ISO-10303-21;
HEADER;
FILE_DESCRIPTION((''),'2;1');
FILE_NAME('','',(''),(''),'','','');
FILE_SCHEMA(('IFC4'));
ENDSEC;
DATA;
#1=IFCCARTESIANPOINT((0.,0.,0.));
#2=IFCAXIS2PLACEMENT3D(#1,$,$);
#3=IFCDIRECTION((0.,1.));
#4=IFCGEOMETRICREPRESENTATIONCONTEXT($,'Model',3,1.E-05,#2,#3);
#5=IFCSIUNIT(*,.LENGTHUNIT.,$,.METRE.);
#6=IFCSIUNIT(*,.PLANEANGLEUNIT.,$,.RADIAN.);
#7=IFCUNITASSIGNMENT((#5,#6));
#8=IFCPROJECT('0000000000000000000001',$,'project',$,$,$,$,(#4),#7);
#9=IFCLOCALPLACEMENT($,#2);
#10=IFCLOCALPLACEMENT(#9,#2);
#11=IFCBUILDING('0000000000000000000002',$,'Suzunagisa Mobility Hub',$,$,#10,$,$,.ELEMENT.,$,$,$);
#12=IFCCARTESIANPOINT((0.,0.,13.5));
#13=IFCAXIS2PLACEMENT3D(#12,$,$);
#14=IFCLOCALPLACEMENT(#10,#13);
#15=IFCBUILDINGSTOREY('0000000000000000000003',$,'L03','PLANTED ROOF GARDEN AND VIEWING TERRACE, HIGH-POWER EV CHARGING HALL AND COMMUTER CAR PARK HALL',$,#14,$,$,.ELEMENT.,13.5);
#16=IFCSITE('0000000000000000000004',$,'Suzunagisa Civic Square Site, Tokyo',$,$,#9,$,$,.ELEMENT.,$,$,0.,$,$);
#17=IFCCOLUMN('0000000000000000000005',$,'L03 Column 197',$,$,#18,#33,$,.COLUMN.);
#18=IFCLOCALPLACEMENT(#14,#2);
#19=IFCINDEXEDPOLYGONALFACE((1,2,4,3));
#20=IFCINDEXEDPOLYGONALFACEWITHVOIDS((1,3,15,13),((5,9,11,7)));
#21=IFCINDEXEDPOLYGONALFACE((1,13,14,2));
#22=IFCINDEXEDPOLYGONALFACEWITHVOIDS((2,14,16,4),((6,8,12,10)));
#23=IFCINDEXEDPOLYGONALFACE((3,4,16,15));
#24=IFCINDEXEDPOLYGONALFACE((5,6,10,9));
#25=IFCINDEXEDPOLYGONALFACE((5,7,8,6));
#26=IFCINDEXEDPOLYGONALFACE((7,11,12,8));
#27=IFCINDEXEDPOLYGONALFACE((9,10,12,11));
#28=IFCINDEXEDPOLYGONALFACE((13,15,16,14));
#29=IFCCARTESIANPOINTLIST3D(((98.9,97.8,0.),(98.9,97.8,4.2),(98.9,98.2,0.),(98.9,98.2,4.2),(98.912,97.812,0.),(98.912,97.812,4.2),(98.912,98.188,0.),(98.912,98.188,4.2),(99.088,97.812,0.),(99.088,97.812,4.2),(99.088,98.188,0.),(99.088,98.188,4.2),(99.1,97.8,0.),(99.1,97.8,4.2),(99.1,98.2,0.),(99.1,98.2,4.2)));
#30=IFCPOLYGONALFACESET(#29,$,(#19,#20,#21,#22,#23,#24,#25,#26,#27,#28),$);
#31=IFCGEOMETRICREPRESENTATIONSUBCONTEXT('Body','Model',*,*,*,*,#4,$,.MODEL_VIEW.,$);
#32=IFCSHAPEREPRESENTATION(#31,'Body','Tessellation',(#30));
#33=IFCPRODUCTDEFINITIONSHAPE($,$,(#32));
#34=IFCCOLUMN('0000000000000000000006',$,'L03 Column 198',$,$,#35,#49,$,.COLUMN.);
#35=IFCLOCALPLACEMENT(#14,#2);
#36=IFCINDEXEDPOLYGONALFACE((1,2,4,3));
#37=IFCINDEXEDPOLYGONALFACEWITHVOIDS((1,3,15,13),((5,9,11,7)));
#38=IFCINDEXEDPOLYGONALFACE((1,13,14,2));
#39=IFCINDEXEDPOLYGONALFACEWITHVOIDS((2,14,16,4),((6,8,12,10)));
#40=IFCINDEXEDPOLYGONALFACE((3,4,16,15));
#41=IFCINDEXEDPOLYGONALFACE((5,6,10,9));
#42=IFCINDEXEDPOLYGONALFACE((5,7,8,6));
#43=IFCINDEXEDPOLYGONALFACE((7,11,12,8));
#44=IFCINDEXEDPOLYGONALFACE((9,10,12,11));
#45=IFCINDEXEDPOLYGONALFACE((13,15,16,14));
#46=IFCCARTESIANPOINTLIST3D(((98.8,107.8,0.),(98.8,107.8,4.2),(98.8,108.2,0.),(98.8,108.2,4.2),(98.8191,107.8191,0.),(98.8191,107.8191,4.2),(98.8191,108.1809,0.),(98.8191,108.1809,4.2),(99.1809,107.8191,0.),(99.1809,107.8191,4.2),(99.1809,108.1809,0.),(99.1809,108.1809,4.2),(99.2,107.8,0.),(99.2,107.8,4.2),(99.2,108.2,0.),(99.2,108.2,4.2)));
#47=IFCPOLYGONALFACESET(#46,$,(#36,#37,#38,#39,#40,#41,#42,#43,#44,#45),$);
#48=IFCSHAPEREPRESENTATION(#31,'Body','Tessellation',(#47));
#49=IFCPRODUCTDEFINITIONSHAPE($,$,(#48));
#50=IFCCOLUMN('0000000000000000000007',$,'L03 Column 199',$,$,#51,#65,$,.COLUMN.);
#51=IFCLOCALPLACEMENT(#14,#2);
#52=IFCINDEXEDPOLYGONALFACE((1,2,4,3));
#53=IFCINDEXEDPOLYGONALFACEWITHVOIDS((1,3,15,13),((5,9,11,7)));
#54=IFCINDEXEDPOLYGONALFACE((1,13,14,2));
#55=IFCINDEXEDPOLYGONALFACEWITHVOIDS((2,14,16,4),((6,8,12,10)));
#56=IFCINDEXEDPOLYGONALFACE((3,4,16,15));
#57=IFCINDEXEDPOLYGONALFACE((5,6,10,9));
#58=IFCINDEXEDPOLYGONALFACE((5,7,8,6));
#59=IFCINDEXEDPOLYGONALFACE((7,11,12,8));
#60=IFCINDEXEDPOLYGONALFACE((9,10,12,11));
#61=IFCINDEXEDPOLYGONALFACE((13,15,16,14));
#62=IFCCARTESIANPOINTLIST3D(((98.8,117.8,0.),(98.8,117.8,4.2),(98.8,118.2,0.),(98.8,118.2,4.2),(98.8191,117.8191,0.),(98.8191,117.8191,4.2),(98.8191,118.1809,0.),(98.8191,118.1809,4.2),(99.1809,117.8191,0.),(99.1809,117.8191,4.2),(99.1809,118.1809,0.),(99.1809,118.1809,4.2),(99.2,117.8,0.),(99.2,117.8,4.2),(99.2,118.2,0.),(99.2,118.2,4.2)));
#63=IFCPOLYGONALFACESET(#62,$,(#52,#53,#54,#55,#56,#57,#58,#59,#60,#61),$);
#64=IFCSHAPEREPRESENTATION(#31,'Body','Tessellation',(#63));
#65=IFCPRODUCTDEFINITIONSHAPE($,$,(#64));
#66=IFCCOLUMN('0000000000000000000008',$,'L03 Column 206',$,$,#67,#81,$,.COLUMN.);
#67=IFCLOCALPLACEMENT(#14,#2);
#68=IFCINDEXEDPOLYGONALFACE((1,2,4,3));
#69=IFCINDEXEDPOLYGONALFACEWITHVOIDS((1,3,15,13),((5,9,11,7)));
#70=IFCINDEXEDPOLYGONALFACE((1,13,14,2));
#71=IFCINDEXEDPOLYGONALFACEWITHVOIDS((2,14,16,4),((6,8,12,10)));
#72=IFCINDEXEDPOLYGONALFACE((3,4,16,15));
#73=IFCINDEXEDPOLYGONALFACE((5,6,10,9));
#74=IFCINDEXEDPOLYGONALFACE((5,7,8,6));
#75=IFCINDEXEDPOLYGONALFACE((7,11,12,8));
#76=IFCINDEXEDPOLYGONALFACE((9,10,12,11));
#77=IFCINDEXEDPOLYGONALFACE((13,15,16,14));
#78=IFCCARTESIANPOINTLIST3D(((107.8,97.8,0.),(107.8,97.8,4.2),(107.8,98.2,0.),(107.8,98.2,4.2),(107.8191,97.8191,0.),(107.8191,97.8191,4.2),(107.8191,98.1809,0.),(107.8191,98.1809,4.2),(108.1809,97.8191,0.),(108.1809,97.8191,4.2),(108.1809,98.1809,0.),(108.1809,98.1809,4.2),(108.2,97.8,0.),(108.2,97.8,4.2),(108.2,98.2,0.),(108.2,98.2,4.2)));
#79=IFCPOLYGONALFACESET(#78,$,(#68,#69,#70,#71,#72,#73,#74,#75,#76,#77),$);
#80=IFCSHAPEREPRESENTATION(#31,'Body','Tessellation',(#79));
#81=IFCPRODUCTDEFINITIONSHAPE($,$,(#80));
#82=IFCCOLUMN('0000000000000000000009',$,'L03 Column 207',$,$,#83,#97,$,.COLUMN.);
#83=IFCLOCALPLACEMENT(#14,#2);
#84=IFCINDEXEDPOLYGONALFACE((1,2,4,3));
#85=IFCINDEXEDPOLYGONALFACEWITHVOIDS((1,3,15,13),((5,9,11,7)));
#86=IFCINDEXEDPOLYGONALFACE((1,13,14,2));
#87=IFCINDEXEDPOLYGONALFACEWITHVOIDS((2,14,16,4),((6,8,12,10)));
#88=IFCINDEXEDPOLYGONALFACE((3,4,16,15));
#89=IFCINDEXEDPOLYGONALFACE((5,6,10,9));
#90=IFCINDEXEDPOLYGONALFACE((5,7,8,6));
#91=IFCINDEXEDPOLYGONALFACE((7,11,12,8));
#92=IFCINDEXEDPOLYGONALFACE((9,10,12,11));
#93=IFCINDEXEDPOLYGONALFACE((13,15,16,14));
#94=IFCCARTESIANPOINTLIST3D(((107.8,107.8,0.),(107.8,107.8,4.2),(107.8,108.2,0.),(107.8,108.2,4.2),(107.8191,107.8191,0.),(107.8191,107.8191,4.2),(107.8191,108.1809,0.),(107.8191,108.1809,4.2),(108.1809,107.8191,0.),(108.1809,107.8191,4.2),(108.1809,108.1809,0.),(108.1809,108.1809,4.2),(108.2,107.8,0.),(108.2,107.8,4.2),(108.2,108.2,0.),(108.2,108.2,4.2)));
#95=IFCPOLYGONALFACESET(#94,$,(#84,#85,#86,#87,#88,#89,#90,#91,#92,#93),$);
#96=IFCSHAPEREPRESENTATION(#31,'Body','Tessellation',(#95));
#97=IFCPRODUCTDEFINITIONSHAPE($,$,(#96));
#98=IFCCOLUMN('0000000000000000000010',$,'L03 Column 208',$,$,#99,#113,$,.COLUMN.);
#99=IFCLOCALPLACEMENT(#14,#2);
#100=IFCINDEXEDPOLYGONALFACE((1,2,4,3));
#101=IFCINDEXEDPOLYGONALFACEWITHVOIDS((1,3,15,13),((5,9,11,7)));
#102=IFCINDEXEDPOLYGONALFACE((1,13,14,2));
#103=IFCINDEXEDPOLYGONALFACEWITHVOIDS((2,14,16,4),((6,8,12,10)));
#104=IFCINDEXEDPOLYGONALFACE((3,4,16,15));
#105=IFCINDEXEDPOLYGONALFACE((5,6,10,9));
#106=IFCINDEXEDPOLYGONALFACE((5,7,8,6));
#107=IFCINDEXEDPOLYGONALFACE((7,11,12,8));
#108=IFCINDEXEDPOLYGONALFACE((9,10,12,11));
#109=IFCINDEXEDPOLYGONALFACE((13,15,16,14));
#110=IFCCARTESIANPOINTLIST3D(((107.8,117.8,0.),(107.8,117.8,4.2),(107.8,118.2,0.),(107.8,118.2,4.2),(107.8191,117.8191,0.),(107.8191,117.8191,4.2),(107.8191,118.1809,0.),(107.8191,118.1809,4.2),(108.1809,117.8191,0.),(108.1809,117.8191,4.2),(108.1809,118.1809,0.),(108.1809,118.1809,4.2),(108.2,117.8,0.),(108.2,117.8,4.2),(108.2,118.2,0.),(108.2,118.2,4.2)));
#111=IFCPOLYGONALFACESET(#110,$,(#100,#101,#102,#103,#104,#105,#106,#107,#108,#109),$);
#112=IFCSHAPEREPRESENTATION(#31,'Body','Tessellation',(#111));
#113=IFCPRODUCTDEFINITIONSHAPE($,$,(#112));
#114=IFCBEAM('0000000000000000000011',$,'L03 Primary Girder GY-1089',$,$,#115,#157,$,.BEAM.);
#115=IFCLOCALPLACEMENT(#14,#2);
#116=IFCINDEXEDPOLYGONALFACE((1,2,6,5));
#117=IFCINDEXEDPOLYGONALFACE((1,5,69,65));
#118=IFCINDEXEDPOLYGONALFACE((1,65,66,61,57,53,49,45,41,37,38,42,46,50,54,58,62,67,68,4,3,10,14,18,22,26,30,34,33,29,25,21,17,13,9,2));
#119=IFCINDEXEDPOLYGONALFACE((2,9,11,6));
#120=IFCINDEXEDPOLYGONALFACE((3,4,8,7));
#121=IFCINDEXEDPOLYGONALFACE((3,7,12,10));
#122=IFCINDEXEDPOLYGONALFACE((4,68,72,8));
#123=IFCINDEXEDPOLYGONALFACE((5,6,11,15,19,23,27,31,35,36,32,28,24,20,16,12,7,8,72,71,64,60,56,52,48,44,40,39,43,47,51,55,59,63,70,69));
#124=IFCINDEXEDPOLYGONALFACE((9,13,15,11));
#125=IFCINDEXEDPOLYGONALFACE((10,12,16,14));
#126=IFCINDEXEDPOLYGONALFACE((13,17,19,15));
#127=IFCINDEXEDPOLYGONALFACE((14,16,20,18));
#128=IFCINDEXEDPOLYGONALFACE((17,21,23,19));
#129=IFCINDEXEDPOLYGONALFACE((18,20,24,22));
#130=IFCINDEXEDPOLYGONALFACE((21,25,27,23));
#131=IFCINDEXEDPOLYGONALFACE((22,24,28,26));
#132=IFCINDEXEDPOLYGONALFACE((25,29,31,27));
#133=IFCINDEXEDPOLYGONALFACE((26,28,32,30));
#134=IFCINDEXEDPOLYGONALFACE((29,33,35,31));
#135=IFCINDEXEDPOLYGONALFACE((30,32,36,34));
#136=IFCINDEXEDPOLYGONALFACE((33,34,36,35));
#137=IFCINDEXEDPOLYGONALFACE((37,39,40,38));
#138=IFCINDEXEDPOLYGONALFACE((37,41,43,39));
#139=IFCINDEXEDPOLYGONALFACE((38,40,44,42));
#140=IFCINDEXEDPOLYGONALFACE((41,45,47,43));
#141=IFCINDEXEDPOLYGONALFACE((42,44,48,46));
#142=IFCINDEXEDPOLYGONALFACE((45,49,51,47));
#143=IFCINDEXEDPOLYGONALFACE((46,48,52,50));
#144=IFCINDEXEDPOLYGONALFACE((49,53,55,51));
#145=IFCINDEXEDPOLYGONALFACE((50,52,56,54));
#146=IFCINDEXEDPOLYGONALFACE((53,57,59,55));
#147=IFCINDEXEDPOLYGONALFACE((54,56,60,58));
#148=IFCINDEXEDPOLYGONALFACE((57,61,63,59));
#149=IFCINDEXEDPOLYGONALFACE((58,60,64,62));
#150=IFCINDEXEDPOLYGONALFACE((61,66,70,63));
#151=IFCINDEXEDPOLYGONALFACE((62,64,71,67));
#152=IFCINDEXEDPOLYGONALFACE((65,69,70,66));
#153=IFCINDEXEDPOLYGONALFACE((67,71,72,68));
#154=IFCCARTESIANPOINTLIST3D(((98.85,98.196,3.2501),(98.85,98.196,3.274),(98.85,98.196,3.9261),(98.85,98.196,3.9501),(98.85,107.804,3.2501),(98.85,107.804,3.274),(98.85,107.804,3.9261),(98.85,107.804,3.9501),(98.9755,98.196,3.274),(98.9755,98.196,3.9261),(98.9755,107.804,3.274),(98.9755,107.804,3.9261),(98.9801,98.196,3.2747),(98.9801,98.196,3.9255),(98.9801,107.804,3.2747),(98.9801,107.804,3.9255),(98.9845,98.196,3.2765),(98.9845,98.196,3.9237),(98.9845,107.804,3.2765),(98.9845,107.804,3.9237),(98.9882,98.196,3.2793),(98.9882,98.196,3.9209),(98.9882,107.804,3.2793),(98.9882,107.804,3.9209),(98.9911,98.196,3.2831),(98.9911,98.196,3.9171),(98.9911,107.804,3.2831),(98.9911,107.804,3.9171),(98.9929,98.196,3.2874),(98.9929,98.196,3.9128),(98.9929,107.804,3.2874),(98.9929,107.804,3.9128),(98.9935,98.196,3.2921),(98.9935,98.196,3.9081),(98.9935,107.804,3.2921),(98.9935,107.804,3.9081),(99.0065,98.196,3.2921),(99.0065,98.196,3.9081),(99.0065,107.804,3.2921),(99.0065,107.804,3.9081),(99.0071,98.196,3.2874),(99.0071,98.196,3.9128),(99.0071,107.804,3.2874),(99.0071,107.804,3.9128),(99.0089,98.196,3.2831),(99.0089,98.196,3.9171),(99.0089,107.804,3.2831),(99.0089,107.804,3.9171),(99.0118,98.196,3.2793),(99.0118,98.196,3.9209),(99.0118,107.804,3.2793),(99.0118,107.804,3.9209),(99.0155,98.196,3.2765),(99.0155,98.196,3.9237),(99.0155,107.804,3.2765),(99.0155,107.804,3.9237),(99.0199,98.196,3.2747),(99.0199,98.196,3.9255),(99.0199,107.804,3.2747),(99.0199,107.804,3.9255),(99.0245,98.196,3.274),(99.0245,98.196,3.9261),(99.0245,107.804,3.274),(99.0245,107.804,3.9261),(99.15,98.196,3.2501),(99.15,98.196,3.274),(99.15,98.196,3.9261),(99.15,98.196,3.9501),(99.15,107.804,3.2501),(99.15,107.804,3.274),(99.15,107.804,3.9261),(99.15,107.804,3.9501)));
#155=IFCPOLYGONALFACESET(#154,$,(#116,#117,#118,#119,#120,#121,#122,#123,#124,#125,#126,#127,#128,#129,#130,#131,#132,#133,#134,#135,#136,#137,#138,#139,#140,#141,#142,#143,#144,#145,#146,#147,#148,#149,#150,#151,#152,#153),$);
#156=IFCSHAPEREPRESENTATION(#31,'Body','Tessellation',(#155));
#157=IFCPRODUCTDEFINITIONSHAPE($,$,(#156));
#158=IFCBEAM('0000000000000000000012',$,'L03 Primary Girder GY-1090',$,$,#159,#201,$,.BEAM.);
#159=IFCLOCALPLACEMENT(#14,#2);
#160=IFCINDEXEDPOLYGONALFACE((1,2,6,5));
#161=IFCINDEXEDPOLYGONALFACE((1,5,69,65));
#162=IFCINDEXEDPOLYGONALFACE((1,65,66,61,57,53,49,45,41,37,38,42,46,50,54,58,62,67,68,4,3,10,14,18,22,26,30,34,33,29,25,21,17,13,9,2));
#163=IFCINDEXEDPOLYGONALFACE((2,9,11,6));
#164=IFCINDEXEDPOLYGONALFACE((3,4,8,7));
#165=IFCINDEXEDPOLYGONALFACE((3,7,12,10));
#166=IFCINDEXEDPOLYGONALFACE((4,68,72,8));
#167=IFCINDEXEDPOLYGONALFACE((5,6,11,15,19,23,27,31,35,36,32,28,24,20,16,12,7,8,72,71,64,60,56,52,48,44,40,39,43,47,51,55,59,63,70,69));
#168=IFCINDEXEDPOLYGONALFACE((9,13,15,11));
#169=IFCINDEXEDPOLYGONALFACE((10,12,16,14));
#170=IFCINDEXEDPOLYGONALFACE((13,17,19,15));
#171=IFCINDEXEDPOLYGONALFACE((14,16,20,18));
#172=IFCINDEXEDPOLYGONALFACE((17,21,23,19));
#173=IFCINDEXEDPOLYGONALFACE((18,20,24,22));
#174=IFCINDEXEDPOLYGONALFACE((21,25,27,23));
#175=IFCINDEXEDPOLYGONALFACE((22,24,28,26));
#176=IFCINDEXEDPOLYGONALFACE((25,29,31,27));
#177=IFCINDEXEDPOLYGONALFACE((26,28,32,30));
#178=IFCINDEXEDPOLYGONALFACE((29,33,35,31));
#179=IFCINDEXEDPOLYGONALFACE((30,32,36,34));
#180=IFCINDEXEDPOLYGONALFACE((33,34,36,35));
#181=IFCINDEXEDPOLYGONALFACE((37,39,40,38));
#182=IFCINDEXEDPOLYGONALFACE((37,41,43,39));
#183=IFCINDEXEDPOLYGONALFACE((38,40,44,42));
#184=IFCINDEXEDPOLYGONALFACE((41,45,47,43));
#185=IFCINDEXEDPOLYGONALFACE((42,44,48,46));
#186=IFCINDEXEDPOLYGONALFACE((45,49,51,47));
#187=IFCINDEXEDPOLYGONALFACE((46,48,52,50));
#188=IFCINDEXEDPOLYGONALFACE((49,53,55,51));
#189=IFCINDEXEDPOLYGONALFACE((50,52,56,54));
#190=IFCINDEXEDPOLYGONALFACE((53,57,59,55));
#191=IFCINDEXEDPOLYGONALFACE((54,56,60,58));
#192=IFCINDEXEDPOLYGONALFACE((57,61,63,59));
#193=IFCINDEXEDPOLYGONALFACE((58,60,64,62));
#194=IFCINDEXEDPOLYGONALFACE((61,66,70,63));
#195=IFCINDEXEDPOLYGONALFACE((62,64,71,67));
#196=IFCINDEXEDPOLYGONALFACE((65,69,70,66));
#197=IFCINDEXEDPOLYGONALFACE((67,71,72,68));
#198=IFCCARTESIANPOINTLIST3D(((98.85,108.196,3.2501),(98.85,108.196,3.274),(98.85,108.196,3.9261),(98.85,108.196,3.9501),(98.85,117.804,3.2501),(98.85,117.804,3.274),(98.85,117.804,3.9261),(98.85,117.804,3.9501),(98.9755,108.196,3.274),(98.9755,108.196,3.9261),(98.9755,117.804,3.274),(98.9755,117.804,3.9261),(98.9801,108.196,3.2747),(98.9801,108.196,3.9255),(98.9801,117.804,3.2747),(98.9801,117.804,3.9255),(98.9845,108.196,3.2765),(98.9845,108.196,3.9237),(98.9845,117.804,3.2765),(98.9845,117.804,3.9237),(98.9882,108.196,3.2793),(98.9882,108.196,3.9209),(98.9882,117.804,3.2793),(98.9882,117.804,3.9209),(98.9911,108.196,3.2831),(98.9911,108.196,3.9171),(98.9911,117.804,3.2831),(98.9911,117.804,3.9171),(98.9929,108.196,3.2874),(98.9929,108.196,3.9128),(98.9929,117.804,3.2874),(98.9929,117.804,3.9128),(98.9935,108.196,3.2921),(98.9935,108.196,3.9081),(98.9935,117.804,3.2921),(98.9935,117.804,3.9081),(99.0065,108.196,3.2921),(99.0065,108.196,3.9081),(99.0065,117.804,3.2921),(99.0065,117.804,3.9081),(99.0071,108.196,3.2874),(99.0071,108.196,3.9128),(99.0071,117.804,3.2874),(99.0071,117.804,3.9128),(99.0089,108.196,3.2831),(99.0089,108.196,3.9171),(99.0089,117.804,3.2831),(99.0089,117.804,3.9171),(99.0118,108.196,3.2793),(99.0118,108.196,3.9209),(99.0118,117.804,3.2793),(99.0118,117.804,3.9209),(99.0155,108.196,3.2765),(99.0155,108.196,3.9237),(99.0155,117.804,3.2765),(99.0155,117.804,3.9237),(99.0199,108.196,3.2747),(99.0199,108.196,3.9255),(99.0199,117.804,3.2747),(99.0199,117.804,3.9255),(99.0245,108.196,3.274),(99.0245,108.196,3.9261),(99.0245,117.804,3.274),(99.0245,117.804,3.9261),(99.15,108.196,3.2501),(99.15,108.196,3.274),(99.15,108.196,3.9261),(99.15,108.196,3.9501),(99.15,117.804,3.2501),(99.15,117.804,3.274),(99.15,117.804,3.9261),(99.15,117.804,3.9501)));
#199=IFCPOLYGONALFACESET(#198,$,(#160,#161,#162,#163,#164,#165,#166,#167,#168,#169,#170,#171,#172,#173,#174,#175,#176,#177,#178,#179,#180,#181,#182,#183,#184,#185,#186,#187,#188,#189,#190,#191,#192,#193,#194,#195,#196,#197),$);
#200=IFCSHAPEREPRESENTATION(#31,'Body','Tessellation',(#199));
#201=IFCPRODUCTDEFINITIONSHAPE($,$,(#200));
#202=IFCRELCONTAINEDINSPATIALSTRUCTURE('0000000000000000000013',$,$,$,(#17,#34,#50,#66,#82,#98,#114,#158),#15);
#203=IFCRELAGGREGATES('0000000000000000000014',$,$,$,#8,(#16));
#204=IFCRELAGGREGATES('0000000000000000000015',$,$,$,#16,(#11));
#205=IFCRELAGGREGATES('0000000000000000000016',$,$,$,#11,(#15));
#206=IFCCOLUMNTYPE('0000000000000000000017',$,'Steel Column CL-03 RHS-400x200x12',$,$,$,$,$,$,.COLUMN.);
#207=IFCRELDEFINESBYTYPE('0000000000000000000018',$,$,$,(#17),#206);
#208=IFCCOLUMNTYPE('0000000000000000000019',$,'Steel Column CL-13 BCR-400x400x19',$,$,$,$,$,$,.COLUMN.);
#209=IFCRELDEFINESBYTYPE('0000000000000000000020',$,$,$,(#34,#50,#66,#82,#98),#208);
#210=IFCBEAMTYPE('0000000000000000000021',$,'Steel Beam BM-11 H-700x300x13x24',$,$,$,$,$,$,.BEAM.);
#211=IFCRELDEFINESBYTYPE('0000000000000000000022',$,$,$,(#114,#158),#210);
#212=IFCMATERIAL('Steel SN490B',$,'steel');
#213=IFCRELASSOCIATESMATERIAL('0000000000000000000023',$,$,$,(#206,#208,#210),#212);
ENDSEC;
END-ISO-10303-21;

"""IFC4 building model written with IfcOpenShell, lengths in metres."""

from ifc_helpers import new_model, si_unit, direction, frame, origin, origin_2d, place, context, subcontext, project, spatial, hollow_rectangle, i_section, extrude, material, material_profile, profile_set, type_object, element, save


model = new_model("IFC4")

# Units and contexts
model_context = context("Model", 3, precision=1e-05, world=origin(), true_north=direction((0.0, 1.0)))
body_context = subcontext(model_context, "Body", "Model", "MODEL_VIEW")
ifc_project = project(units=[si_unit("LENGTHUNIT", "METRE"), si_unit("PLANEANGLEUNIT", "RADIAN")], contexts=[model_context])

# Site, building, storey
site_placement = place(None, origin())
site = spatial("IfcSite", under=ifc_project, at=site_placement, Name="Suzunagisa Civic Square Site, Tokyo", CompositionType="ELEMENT", RefElevation=0.0)
building_placement = place(site_placement, origin())
building = spatial("IfcBuilding", under=site, at=building_placement, Name="Suzunagisa Mobility Hub", CompositionType="ELEMENT")
storey_placement = place(building_placement, frame((0.0, 0.0, 13.5)))
storey = spatial("IfcBuildingStorey", under=building, at=storey_placement, Name="L03", Description="PLANTED ROOF GARDEN AND VIEWING TERRACE, HIGH-POWER EV CHARGING HALL AND COMMUTER CAR PARK HALL", CompositionType="ELEMENT", Elevation=13.5)

# Columns
ifc_material_1 = material(Name="Steel SN490B", Category="steel")
ifc_material_profile_1 = material_profile(ifc_material_1, hollow_rectangle(XDim=0.2, YDim=0.3999, WallThickness=0.012, at=origin_2d()), Name="RHS-400x200x12")
ifc_profile_set_1 = profile_set([ifc_material_profile_1], Name="Steel SN490B")
column_type_1 = type_object("IfcColumnType", Name="Steel Column CL-03 RHS-400x200x12", PredefinedType="COLUMN", material=ifc_profile_set_1)
column_placement = place(storey_placement, frame((99.0, 98.0, 0.0), z_axis=(0.0, 0.0, 1.0), x_axis=(1.0, 0.0, 0.0)))
element("IfcColumn", 1, at=column_placement, inside=storey, type_object=column_type_1, Name="L03 Column 197", PredefinedType="COLUMN", context=body_context, shape_type="SweptSolid", body=[
    extrude(hollow_rectangle(XDim=0.2, YDim=0.3999, WallThickness=0.012, at=origin_2d()), origin(), (0.0, 0.0, 1.0), 4.2),
])
ifc_material_profile_2 = material_profile(ifc_material_1, hollow_rectangle(XDim=0.3999, YDim=0.3999, WallThickness=0.019, at=origin_2d()), Name="BCR-400x400x19")
ifc_profile_set_2 = profile_set([ifc_material_profile_2], Name="Steel SN490B")
column_type_2 = type_object("IfcColumnType", Name="Steel Column CL-13 BCR-400x400x19", PredefinedType="COLUMN", material=ifc_profile_set_2)
for number, where, z_axis, x_axis, name in (
    (2, (99.0, 108.0, 0.0), (0.0, 0.0, 1.0), (1.0, 0.0, 0.0), "L03 Column 198"),
    (3, (99.0, 118.0, 0.0), (0.0, 0.0, 1.0), (1.0, 0.0, 0.0), "L03 Column 199"),
    (4, (108.0, 98.0, 0.0), (0.0, 0.0, 1.0), (1.0, 0.0, 0.0), "L03 Column 206"),
    (5, (108.0, 108.0, 0.0), (0.0, 0.0, 1.0), (1.0, 0.0, 0.0), "L03 Column 207"),
    (6, (108.0, 118.0, 0.0), (0.0, 0.0, 1.0), (1.0, 0.0, 0.0), "L03 Column 208"),
):
    element("IfcColumn", number, at=place(storey_placement, frame(where, z_axis=z_axis, x_axis=x_axis)), inside=storey, type_object=column_type_2, Name=name, PredefinedType="COLUMN", context=body_context, shape_type="SweptSolid", body=[
        extrude(hollow_rectangle(XDim=0.3999, YDim=0.3999, WallThickness=0.019, at=origin_2d()), origin(), (0.0, 0.0, 1.0), 4.2),
    ])

# Beams
ifc_material_profile_3 = material_profile(ifc_material_1, i_section(OverallWidth=0.3, OverallDepth=0.7, WebThickness=0.0129, FlangeThickness=0.0239, FilletRadius=0.0181, at=origin_2d()), Name="H-700x300x13x24")
ifc_profile_set_3 = profile_set([ifc_material_profile_3], Name="Steel SN490B")
beam_type_1 = type_object("IfcBeamType", Name="Steel Beam BM-11 H-700x300x13x24", PredefinedType="BEAM", material=ifc_profile_set_3)
for number, where, z_axis, x_axis, name in (
    (7, (99.0, 98.196, 3.6001), (0.0, 1.0, 0.0), (-1.0, 0.0, 0.0), "L03 Primary Girder GY-1089"),
    (8, (99.0, 108.196, 3.6001), (0.0, 1.0, 0.0), (-1.0, 0.0, 0.0), "L03 Primary Girder GY-1090"),
):
    element("IfcBeam", number, at=place(storey_placement, frame(where, z_axis=z_axis, x_axis=x_axis)), inside=storey, type_object=beam_type_1, Name=name, PredefinedType="BEAM", context=body_context, shape_type="SweptSolid", body=[
        extrude(i_section(OverallWidth=0.3, OverallDepth=0.7, WebThickness=0.0129, FlangeThickness=0.0239, FilletRadius=0.0181, at=origin_2d()), origin(), (0.0, 0.0, 1.0), 9.6079),
    ])

save(model, "model.ifc")
